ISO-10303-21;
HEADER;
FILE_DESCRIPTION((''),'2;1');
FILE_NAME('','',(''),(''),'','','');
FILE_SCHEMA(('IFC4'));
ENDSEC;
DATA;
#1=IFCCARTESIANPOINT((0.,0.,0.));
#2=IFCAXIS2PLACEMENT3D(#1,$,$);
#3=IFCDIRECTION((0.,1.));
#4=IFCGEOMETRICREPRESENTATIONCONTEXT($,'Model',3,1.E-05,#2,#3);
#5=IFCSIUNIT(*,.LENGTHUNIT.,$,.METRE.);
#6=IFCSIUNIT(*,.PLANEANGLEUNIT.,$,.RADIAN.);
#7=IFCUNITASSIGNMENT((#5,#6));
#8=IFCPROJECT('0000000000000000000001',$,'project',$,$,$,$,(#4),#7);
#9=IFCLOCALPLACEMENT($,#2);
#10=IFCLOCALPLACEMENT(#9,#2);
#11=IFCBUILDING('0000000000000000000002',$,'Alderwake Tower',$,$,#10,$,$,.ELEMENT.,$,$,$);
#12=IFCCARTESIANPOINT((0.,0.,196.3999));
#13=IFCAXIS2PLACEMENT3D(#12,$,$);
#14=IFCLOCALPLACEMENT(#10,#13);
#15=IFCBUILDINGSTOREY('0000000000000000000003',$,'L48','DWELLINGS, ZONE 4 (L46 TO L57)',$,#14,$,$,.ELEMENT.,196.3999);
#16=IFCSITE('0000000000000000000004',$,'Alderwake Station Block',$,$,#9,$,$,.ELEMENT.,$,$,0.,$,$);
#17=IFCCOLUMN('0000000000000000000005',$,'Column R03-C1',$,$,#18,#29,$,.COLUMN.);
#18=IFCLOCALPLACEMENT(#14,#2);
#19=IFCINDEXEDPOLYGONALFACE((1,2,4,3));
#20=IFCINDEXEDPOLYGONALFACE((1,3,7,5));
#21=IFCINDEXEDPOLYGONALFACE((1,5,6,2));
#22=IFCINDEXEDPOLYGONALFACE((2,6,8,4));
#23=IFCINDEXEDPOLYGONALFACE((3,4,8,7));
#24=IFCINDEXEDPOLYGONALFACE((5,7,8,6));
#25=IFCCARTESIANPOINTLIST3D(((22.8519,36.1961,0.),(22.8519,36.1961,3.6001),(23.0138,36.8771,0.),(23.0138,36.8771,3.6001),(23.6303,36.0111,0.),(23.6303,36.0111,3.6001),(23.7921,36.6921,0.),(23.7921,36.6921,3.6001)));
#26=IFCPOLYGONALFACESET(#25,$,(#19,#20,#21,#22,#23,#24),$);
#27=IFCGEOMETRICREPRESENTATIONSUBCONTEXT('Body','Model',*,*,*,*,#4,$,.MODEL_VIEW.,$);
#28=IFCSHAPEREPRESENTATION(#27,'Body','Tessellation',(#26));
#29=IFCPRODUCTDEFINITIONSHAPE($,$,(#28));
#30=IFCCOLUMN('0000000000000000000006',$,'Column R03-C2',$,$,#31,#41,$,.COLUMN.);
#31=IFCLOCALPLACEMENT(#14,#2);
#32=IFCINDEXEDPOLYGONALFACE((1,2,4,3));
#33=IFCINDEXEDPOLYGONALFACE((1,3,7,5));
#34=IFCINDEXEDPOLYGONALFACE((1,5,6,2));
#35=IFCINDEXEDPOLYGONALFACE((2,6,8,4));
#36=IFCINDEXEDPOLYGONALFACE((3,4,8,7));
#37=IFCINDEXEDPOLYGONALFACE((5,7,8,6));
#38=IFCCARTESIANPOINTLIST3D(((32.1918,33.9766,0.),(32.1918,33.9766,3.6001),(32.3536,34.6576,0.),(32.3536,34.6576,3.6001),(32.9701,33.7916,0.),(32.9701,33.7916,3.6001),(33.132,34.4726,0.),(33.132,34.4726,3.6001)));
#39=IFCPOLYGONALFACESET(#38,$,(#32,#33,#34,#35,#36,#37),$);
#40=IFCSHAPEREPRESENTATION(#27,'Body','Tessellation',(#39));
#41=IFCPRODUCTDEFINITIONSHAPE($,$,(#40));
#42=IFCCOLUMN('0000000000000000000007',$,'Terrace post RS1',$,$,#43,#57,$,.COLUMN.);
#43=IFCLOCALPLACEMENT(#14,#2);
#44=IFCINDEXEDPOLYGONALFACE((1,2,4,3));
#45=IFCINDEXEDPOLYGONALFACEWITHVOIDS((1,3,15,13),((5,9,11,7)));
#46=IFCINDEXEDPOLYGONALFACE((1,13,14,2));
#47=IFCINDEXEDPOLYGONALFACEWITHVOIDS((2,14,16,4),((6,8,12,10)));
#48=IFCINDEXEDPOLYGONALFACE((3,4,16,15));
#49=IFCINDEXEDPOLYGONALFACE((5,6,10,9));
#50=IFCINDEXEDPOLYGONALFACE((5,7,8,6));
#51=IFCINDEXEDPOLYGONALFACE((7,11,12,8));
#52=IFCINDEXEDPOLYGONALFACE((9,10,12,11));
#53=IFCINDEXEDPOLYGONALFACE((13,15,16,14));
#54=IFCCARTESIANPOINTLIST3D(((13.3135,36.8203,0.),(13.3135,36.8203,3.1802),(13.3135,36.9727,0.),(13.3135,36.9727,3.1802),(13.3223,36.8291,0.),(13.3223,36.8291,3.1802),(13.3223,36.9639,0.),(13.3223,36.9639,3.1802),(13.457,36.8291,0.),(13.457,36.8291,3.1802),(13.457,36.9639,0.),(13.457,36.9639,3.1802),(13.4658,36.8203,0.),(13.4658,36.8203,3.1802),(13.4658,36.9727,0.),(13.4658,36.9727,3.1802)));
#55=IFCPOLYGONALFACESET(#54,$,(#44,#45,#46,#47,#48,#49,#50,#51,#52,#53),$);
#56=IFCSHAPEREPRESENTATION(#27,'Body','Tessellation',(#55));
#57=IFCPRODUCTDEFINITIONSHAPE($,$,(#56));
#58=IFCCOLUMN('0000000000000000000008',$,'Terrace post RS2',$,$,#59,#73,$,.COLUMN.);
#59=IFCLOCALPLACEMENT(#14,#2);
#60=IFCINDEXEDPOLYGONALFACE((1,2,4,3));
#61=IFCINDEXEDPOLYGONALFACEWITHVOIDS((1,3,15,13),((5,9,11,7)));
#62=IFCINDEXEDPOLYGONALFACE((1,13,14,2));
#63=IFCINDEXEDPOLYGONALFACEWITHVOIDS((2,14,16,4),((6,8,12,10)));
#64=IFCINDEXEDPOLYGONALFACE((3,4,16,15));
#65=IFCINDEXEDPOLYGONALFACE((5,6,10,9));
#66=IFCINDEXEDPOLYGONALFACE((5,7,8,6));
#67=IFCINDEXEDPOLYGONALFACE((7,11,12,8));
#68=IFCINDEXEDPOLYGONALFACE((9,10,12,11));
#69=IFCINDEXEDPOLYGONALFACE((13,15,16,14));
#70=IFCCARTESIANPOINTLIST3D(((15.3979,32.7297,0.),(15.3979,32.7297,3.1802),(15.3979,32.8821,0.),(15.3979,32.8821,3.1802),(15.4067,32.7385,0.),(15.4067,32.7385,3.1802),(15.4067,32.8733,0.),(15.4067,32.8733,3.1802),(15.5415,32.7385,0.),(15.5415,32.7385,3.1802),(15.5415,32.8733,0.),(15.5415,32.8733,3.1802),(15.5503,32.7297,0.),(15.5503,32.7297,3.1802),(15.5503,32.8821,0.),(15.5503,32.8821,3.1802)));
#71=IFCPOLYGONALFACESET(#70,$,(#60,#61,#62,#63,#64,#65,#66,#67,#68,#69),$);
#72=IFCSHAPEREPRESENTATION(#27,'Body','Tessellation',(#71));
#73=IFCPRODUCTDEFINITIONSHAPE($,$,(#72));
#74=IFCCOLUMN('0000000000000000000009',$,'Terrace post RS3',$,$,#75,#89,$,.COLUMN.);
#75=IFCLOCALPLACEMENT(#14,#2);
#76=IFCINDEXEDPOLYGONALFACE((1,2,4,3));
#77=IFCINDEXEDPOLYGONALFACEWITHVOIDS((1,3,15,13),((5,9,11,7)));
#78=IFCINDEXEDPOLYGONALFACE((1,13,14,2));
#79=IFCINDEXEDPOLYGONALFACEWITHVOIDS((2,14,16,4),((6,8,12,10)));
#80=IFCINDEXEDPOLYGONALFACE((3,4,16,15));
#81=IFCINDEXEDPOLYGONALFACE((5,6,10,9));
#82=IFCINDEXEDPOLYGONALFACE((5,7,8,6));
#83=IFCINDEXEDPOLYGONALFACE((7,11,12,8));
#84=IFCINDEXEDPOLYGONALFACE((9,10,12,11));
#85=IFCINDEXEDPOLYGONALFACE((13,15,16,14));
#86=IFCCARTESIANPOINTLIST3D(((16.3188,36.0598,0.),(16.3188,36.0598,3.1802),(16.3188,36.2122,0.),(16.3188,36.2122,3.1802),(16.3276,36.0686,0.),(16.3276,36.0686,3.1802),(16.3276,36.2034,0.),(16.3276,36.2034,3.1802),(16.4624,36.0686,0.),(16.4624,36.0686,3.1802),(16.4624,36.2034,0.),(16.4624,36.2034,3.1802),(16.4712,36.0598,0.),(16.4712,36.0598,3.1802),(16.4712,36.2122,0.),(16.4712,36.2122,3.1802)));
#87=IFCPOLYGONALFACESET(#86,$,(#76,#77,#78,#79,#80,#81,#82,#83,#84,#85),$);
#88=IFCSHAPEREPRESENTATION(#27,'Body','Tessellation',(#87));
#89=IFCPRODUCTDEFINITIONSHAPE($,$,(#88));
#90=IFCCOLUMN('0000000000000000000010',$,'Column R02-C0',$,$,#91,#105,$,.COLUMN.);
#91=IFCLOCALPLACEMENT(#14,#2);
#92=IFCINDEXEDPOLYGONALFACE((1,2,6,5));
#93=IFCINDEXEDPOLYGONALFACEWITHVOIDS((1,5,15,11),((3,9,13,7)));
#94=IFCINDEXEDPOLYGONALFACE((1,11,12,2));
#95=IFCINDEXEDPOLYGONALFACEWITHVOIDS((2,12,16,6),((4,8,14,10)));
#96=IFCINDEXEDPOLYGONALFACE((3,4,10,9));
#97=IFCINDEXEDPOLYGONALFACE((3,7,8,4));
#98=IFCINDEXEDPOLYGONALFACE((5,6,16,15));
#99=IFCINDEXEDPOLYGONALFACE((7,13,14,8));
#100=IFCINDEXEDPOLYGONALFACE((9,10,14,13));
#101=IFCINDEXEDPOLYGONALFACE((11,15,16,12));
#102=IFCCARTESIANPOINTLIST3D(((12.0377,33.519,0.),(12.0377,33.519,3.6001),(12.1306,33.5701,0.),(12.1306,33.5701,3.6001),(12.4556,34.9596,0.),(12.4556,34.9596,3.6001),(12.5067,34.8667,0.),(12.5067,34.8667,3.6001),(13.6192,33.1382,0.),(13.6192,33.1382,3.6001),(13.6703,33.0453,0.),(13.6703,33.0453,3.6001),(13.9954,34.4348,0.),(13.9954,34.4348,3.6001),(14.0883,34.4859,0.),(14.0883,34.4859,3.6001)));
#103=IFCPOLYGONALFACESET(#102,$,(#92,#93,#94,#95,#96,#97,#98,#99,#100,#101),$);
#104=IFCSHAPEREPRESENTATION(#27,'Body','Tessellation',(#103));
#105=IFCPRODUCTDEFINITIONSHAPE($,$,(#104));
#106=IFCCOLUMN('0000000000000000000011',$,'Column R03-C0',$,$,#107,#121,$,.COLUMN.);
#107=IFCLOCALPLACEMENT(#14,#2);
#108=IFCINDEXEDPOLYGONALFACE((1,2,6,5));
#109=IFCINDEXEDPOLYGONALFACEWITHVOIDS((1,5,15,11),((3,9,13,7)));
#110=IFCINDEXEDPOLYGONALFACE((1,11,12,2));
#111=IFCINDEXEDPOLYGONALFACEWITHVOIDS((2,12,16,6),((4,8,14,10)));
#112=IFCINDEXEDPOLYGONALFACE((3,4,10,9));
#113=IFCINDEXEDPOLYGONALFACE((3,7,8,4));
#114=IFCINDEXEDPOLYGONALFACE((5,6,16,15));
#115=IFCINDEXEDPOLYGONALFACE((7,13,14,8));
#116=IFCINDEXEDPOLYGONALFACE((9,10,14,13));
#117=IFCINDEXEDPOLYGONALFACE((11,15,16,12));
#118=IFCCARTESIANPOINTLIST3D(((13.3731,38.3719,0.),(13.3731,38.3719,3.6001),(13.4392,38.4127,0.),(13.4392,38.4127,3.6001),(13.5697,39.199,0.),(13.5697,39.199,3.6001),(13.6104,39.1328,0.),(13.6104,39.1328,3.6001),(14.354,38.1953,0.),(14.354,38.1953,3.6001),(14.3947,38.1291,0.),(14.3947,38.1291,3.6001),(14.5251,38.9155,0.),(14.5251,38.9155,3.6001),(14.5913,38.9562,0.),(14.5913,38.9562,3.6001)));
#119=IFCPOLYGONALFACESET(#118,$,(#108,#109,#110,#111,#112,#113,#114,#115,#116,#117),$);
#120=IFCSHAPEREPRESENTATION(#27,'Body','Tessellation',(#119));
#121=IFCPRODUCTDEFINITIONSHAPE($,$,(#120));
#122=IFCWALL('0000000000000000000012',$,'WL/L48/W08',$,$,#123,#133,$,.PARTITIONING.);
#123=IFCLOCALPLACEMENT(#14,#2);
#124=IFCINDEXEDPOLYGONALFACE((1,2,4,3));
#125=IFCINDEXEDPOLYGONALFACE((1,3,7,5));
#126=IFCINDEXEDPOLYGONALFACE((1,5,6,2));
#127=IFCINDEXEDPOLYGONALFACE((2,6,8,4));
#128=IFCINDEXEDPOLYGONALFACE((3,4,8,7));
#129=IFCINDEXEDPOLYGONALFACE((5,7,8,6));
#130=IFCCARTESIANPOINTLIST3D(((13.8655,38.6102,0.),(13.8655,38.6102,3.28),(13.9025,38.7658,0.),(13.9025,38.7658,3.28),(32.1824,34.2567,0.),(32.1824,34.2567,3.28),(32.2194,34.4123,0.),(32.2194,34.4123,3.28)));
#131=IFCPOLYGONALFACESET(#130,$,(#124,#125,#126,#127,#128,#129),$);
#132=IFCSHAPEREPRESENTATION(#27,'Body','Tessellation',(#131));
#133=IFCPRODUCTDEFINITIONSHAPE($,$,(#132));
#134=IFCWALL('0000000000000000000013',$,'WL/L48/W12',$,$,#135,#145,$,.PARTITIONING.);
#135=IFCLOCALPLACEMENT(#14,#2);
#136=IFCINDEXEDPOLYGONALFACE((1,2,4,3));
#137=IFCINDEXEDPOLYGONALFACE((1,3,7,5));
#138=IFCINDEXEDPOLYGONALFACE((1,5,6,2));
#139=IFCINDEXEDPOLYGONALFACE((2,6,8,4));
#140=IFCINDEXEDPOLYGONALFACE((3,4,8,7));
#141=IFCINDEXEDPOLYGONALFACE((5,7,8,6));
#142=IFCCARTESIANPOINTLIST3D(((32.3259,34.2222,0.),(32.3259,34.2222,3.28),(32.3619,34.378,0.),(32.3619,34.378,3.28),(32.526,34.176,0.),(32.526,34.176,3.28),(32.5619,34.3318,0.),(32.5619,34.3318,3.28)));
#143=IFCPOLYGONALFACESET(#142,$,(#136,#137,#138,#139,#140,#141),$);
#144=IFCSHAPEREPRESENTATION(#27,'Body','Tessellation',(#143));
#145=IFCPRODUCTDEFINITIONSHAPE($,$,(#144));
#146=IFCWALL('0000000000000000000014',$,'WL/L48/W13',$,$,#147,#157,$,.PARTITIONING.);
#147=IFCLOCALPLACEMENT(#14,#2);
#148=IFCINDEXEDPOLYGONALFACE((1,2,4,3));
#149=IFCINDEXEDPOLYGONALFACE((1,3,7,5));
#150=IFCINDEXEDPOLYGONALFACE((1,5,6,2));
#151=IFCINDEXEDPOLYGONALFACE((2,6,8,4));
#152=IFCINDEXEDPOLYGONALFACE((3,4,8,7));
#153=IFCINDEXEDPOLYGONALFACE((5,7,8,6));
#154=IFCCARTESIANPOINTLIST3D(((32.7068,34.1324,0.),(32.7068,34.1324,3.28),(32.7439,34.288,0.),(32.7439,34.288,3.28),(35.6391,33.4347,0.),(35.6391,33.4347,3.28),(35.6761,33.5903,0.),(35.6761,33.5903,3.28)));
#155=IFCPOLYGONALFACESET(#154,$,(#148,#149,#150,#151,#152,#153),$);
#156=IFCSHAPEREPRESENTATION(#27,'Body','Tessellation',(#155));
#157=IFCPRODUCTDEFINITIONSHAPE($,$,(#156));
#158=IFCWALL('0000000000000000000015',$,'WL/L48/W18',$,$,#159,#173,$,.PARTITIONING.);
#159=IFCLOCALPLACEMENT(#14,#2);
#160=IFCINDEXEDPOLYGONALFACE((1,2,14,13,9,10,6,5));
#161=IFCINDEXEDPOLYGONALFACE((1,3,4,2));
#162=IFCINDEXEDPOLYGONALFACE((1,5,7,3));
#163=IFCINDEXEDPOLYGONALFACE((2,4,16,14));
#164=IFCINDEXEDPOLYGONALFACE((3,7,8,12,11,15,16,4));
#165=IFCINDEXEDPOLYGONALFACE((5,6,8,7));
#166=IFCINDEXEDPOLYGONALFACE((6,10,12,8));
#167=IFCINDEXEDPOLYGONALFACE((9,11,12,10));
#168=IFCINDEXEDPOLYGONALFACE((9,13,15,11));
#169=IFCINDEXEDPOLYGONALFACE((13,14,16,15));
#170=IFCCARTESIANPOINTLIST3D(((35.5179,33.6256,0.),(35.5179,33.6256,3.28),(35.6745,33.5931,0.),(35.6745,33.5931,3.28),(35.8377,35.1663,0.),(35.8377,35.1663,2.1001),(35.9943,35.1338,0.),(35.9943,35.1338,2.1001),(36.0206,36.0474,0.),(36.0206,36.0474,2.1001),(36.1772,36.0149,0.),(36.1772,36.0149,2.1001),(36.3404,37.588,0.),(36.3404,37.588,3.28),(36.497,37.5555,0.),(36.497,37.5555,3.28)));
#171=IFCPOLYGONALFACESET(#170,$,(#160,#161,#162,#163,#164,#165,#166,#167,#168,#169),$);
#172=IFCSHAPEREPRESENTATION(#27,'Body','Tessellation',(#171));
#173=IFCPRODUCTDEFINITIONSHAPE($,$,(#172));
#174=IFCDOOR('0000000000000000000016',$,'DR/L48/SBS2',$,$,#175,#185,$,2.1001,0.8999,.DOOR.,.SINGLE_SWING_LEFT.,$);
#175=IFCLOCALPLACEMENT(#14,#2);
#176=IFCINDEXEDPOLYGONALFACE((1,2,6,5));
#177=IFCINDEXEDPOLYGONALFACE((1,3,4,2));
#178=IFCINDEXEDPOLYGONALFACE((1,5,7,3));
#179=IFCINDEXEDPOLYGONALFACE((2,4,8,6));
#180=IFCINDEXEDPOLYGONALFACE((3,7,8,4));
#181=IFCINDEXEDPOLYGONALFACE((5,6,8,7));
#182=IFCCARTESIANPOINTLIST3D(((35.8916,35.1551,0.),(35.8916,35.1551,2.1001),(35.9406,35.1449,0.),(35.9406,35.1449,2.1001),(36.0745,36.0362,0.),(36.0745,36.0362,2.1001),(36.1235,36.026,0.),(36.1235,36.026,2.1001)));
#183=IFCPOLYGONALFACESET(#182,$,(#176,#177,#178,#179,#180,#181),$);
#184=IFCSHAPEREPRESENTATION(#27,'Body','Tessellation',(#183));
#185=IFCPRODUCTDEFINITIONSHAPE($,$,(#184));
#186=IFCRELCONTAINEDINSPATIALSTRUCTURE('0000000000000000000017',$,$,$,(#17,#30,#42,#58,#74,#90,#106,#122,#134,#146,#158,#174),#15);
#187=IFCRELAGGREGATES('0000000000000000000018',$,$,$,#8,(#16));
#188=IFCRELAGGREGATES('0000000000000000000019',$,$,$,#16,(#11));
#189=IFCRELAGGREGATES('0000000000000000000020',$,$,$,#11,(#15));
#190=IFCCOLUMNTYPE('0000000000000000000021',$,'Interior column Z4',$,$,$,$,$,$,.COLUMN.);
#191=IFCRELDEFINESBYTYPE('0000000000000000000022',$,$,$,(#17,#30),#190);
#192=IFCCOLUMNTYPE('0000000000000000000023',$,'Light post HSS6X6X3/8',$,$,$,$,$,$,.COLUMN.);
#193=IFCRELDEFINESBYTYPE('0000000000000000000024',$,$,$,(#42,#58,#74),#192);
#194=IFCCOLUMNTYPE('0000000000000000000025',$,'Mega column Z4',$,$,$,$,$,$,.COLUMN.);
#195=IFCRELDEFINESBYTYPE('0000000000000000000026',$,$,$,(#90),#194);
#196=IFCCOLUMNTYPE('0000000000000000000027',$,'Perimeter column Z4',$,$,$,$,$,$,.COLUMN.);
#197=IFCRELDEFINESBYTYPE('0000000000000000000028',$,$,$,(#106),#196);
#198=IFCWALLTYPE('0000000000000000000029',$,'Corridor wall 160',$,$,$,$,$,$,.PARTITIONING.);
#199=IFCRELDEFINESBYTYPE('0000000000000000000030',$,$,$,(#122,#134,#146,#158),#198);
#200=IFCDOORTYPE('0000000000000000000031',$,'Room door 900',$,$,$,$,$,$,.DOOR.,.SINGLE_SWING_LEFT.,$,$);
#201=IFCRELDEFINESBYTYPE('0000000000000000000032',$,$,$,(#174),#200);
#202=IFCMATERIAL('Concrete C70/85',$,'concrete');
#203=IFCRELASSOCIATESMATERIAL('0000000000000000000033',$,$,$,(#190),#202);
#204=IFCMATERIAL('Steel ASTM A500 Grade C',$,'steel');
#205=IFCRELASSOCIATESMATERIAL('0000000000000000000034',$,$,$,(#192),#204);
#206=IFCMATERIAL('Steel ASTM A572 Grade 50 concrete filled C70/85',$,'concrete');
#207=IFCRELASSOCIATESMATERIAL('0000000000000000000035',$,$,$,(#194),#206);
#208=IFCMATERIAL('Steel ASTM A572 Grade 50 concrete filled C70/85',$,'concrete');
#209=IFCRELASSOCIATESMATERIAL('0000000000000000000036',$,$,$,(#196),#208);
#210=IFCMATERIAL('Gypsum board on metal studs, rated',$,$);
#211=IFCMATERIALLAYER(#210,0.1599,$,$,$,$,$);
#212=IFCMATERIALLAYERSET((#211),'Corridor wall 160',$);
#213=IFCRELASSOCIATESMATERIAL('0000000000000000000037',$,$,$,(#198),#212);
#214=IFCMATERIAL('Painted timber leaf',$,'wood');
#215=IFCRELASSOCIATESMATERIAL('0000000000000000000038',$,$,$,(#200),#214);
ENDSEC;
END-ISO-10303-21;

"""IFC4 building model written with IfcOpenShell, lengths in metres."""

from ifc_helpers import new_model, si_unit, direction, frame, frame_2d, origin, origin_2d, place, context, subcontext, project, spatial, rectangle, hollow_rectangle, extrude, material, layer, layer_set, material_profile, profile_set, type_object, element, fill, save


model = new_model("IFC4")

# Units and contexts
model_context = context("Model", 3, precision=1e-05, world=origin(), true_north=direction((0.0, 1.0)))
body_context = subcontext(model_context, "Body", "Model", "MODEL_VIEW")
ifc_project = project(units=[si_unit("LENGTHUNIT", "METRE"), si_unit("PLANEANGLEUNIT", "RADIAN")], contexts=[model_context])

# Site, building, storey
site_placement = place(None, origin())
site = spatial("IfcSite", under=ifc_project, at=site_placement, Name="Alderwake Station Block", CompositionType="ELEMENT", RefElevation=0.0)
building_placement = place(site_placement, origin())
building = spatial("IfcBuilding", under=site, at=building_placement, Name="Alderwake Tower", CompositionType="ELEMENT")
storey_placement = place(building_placement, frame((0.0, 0.0, 196.3999)))
storey = spatial("IfcBuildingStorey", under=building, at=storey_placement, Name="L48", Description="DWELLINGS, ZONE 4 (L46 TO L57)", CompositionType="ELEMENT", Elevation=196.3999)

# Columns
ifc_material_1 = material(Name="Concrete C70/85", Category="concrete")
ifc_material_profile_1 = material_profile(ifc_material_1, rectangle(XDim=0.7, YDim=0.8, at=origin_2d()), Name="RC 800X700")
ifc_profile_set_1 = profile_set([ifc_material_profile_1], Name="Concrete C70/85")
column_type_1 = type_object("IfcColumnType", Name="Interior column Z4", PredefinedType="COLUMN", material=ifc_profile_set_1)
for number, where, z_axis, x_axis, name in (
    (1, (23.322, 36.4441, 0.0), (0.0, 0.0, 1.0), (0.231222, 0.972901, 0.0), "Column R03-C1"),
    (2, (32.6619, 34.2246, 0.0), (0.0, 0.0, 1.0), (0.231222, 0.972901, 0.0), "Column R03-C2"),
):
    element("IfcColumn", number, at=place(storey_placement, frame(where, z_axis=z_axis, x_axis=x_axis)), inside=storey, type_object=column_type_1, Name=name, PredefinedType="COLUMN", context=body_context, shape_type="SweptSolid", body=[
        extrude(rectangle(XDim=0.7, YDim=0.8, at=origin_2d()), origin(), (0.0, 0.0, 1.0), 3.6001),
    ])
ifc_material_2 = material(Name="Steel ASTM A500 Grade C", Category="steel")
ifc_material_profile_2 = material_profile(ifc_material_2, hollow_rectangle(XDim=0.1523, YDim=0.1523, WallThickness=0.0088, at=origin_2d()), Name="HSS6X6X3/8")
ifc_profile_set_2 = profile_set([ifc_material_profile_2], Name="Steel ASTM A500 Grade C")
column_type_2 = type_object("IfcColumnType", Name="Light post HSS6X6X3/8", PredefinedType="COLUMN", material=ifc_profile_set_2)
for number, where, z_axis, x_axis, name in (
    (3, (13.3896, 36.8965, 0.0), (0.0, 0.0, 1.0), (1.0, 0.0, 0.0), "Terrace post RS1"),
    (4, (15.4741, 32.8059, 0.0), (0.0, 0.0, 1.0), (1.0, 0.0, 0.0), "Terrace post RS2"),
    (5, (16.395, 36.136, 0.0), (0.0, 0.0, 1.0), (1.0, 0.0, 0.0), "Terrace post RS3"),
):
    element("IfcColumn", number, at=place(storey_placement, frame(where, z_axis=z_axis, x_axis=x_axis)), inside=storey, type_object=column_type_2, Name=name, PredefinedType="COLUMN", context=body_context, shape_type="SweptSolid", body=[
        extrude(hollow_rectangle(XDim=0.1523, YDim=0.1523, WallThickness=0.0088, at=origin_2d()), origin(), (0.0, 0.0, 1.0), 3.1802),
    ])
ifc_material_3 = material(Name="Steel ASTM A572 Grade 50 concrete filled C70/85", Category="concrete")
ifc_material_profile_3 = material_profile(ifc_material_3, hollow_rectangle(XDim=1.5, YDim=1.7, WallThickness=0.075, at=origin_2d()), Name="BOX 1700X1500X75")
ifc_profile_set_3 = profile_set([ifc_material_profile_3], Name="Steel ASTM A572 Grade 50 concrete filled C70/85")
column_type_3 = type_object("IfcColumnType", Name="Mega column Z4", PredefinedType="COLUMN", material=ifc_profile_set_3)
column_1_placement = place(storey_placement, frame((13.063, 34.0024, 0.0), z_axis=(0.0, 0.0, 1.0), x_axis=(0.278612, 0.960404, 0.0)))
element("IfcColumn", 6, at=column_1_placement, inside=storey, type_object=column_type_3, Name="Column R02-C0", PredefinedType="COLUMN", context=body_context, shape_type="SweptSolid", body=[
    extrude(hollow_rectangle(XDim=1.5, YDim=1.7, WallThickness=0.075, at=origin_2d()), origin(), (0.0, 0.0, 1.0), 3.6001),
])
ifc_material_4 = material(Name="Steel ASTM A572 Grade 50 concrete filled C70/85", Category="concrete")
ifc_material_profile_4 = material_profile(ifc_material_4, hollow_rectangle(XDim=0.8501, YDim=1.05, WallThickness=0.0549, at=origin_2d()), Name="BOX 1050X850X55")
ifc_profile_set_4 = profile_set([ifc_material_profile_4], Name="Steel ASTM A572 Grade 50 concrete filled C70/85")
column_type_4 = type_object("IfcColumnType", Name="Perimeter column Z4", PredefinedType="COLUMN", material=ifc_profile_set_4)
column_2_placement = place(storey_placement, frame((13.9822, 38.6641, 0.0), z_axis=(0.0, 0.0, 1.0), x_axis=(0.231222, 0.972901, 0.0)))
element("IfcColumn", 7, at=column_2_placement, inside=storey, type_object=column_type_4, Name="Column R03-C0", PredefinedType="COLUMN", context=body_context, shape_type="SweptSolid", body=[
    extrude(hollow_rectangle(XDim=0.8501, YDim=1.05, WallThickness=0.0549, at=origin_2d()), origin(), (0.0, 0.0, 1.0), 3.6001),
])

# Walls
ifc_material_5 = material(Name="Gypsum board on metal studs, rated")
ifc_layer_1 = layer(ifc_material_5, 0.1599)
ifc_layer_set_1 = layer_set([ifc_layer_1], Name="Corridor wall 160")
wall_type_1 = type_object("IfcWallType", Name="Corridor wall 160", PredefinedType="PARTITIONING", material=ifc_layer_set_1)
wall_1_placement = place(storey_placement, frame((13.884, 38.688, 0.0), z_axis=(0.0, 0.0, 1.0), x_axis=(0.972898, -0.231236, 0.0)))
element("IfcWall", 8, at=wall_1_placement, inside=storey, type_object=wall_type_1, Name="WL/L48/W08", PredefinedType="PARTITIONING", context=body_context, shape_type="SweptSolid", body=[
    extrude(rectangle(XDim=18.8271, YDim=0.1599, at=frame_2d((9.4136, 0.0))), origin(), (0.0, 0.0, 1.0), 3.28),
])
wall_2_placement = place(storey_placement, frame((32.344, 34.3, 0.0), z_axis=(0.0, 0.0, 1.0), x_axis=(0.974391, -0.22486, 0.0)))
element("IfcWall", 9, at=wall_2_placement, inside=storey, type_object=wall_type_1, Name="WL/L48/W12", PredefinedType="PARTITIONING", context=body_context, shape_type="SweptSolid", body=[
    extrude(rectangle(XDim=0.2053, YDim=0.1599, at=frame_2d((0.1025, 0.0))), origin(), (0.0, 0.0, 1.0), 3.28),
])
wall_3_placement = place(storey_placement, frame((32.7253, 34.2102, 0.0), z_axis=(0.0, 0.0, 1.0), x_axis=(0.972838, -0.231485, 0.0)))
element("IfcWall", 10, at=wall_3_placement, inside=storey, type_object=wall_type_1, Name="WL/L48/W13", PredefinedType="PARTITIONING", context=body_context, shape_type="SweptSolid", body=[
    extrude(rectangle(XDim=3.0142, YDim=0.1599, at=frame_2d((1.5071, 0.0))), origin(), (0.0, 0.0, 1.0), 3.28),
])

# Wall, opening, door
wall_4_placement = place(storey_placement, frame((35.5962, 33.6094, 0.0), z_axis=(0.0, 0.0, 1.0), x_axis=(0.203246, 0.979128, 0.0)))
wall_4 = element("IfcWall", 11, at=wall_4_placement, inside=storey, type_object=wall_type_1, Name="WL/L48/W18", PredefinedType="PARTITIONING", context=body_context, shape_type="SweptSolid", body=[
    extrude(rectangle(XDim=4.0469, YDim=0.1599, at=frame_2d((2.0234, 0.0))), origin(), (0.0, 0.0, 1.0), 3.28),
])
opening_1_placement = place(wall_4_placement, frame((1.5735, 0.0, 0.0)))
opening_1 = element("IfcOpeningElement", 12, at=opening_1_placement, cuts=wall_4, PredefinedType="OPENING", context=body_context, shape_type="SweptSolid", body=[
    extrude(rectangle(XDim=0.8999, YDim=2.1001, at=frame_2d((0.45, 1.05))), frame((0.0, 0.0898, 0.0), z_axis=(0.0, -1.0, 0.0), x_axis=(1.0, 0.0, 0.0)), (0.0, 0.0, 1.0), 0.1799),
])
ifc_material_6 = material(Name="Painted timber leaf", Category="wood")
door_type_1 = type_object("IfcDoorType", Name="Room door 900", OperationType="SINGLE_SWING_LEFT", PredefinedType="DOOR", material=ifc_material_6)
door_1_placement = place(opening_1_placement, origin())
door_1 = element("IfcDoor", 13, at=door_1_placement, inside=storey, type_object=door_type_1, Name="DR/L48/SBS2", OperationType="SINGLE_SWING_LEFT", OverallHeight=2.1001, OverallWidth=0.8999, PredefinedType="DOOR", context=body_context, shape_type="SweptSolid", body=[
    extrude(rectangle(XDim=0.8999, YDim=2.1001, at=frame_2d((0.45, 1.05))), frame((0.0, 0.0249, 0.0), z_axis=(0.0, -1.0, 0.0), x_axis=(1.0, 0.0, 0.0)), (0.0, 0.0, 1.0), 0.05),
])
fill(opening_1, door_1)

save(model, "model.ifc")
